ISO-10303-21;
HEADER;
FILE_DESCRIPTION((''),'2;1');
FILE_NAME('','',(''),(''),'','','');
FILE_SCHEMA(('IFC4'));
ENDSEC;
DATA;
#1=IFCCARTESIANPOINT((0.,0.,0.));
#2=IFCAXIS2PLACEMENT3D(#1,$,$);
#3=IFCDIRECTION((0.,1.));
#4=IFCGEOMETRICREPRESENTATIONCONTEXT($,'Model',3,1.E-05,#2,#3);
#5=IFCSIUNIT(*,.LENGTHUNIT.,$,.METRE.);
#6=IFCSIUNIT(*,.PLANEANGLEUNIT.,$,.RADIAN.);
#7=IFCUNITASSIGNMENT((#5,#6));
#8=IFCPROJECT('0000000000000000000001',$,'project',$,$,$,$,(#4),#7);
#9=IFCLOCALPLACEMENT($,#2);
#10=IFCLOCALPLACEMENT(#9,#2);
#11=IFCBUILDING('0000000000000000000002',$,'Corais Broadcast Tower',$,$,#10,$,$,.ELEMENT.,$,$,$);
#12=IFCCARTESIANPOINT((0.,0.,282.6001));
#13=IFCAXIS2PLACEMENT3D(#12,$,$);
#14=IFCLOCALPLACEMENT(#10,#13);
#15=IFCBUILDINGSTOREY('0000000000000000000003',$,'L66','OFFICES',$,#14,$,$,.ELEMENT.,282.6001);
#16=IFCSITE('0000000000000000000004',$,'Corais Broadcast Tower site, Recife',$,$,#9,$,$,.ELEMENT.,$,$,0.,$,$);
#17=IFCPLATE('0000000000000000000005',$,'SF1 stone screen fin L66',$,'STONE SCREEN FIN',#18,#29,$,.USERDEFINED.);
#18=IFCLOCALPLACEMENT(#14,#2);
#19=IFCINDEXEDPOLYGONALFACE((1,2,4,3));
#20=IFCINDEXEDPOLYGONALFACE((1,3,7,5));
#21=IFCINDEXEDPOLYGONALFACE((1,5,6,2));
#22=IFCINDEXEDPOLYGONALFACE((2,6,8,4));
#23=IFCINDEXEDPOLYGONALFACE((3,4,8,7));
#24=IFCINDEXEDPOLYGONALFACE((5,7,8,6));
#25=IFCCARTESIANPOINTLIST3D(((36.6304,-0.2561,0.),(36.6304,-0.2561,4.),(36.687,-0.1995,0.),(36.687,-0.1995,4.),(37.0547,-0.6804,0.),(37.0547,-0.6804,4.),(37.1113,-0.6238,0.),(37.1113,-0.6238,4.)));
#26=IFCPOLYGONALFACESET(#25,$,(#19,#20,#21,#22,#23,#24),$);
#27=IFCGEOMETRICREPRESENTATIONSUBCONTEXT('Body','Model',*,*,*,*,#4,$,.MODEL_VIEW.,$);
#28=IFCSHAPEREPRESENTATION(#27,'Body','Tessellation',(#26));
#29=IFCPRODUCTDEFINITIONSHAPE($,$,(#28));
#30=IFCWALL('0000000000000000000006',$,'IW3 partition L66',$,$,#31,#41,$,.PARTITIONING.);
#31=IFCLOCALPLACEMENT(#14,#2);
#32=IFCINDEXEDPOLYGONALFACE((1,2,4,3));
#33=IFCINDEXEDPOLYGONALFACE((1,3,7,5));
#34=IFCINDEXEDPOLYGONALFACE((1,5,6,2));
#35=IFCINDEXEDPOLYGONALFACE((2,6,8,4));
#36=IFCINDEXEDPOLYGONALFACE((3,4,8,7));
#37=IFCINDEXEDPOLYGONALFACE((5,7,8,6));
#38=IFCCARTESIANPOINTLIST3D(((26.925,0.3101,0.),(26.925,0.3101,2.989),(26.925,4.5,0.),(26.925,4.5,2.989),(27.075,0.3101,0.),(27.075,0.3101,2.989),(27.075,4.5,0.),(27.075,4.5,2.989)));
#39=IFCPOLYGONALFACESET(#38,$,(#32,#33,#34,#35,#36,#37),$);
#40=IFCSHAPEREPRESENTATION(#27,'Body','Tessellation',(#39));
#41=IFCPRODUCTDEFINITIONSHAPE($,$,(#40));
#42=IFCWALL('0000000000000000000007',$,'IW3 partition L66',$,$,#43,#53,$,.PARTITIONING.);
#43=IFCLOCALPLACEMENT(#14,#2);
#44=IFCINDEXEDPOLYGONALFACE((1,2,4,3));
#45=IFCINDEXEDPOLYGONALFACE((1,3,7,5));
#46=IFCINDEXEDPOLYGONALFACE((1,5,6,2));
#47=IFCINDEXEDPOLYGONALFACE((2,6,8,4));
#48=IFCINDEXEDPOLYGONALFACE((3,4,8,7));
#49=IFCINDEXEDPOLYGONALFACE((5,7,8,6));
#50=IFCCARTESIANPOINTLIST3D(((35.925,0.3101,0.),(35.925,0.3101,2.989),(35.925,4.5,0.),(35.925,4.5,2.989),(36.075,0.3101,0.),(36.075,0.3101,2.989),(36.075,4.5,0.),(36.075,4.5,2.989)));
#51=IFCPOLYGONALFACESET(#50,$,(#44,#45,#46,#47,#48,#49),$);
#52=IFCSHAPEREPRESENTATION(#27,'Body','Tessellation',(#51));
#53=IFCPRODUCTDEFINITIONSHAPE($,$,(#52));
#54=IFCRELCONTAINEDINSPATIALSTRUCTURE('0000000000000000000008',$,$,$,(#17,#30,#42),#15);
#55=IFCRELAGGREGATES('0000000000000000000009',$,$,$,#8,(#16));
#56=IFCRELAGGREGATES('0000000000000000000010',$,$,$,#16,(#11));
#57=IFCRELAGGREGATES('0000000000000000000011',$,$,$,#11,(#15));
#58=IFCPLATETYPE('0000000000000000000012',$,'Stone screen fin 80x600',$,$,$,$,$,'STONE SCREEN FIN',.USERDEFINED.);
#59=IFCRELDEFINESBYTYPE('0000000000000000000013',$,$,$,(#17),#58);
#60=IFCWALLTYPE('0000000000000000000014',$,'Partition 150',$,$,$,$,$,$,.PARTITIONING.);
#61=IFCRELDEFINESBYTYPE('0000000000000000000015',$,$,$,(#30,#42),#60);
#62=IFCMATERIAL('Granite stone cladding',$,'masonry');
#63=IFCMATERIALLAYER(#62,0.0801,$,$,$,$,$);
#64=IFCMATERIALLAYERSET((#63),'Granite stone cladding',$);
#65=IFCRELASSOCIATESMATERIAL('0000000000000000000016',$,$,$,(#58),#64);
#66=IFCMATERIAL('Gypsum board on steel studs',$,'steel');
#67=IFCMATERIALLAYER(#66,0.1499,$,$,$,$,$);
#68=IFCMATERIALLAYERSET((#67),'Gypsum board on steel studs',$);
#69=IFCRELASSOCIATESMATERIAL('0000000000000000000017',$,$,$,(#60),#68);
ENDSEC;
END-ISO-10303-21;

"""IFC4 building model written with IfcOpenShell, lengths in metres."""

from ifc_helpers import new_model, si_unit, direction, frame, frame_2d, origin, origin_2d, place, context, subcontext, project, spatial, rectangle, extrude, material, layer, layer_set, type_object, element, save


model = new_model("IFC4")

# Units and contexts
model_context = context("Model", 3, precision=1e-05, world=origin(), true_north=direction((0.0, 1.0)))
body_context = subcontext(model_context, "Body", "Model", "MODEL_VIEW")
ifc_project = project(units=[si_unit("LENGTHUNIT", "METRE"), si_unit("PLANEANGLEUNIT", "RADIAN")], contexts=[model_context])

# Site, building, storey
site_placement = place(None, origin())
site = spatial("IfcSite", under=ifc_project, at=site_placement, Name="Corais Broadcast Tower site, Recife", CompositionType="ELEMENT", RefElevation=0.0)
building_placement = place(site_placement, origin())
building = spatial("IfcBuilding", under=site, at=building_placement, Name="Corais Broadcast Tower", CompositionType="ELEMENT")
storey_placement = place(building_placement, frame((0.0, 0.0, 282.6001)))
storey = spatial("IfcBuildingStorey", under=building, at=storey_placement, Name="L66", Description="OFFICES", CompositionType="ELEMENT", Elevation=282.6001)

# Plate
ifc_material_1 = material(Name="Granite stone cladding", Category="masonry")
ifc_layer_1 = layer(ifc_material_1, 0.0801)
ifc_layer_set_1 = layer_set([ifc_layer_1], Name="Granite stone cladding")
plate_type_1 = type_object("IfcPlateType", Name="Stone screen fin 80x600", ElementType="STONE SCREEN FIN", PredefinedType="USERDEFINED", material=ifc_layer_set_1)
plate_1_placement = place(storey_placement, frame((36.8708, -0.4399, 0.0), z_axis=(0.0, 0.0, 1.0), x_axis=(-0.707107, -0.707107, 0.0)))
element("IfcPlate", 1, at=plate_1_placement, inside=storey, type_object=plate_type_1, Name="SF1 stone screen fin L66", ObjectType="STONE SCREEN FIN", PredefinedType="USERDEFINED", context=body_context, shape_type="SweptSolid", body=[
    extrude(rectangle(XDim=0.0801, YDim=0.6001, at=origin_2d()), origin(), (0.0, 0.0, 1.0), 4.0),
])

# Walls
ifc_material_2 = material(Name="Gypsum board on steel studs", Category="steel")
ifc_layer_2 = layer(ifc_material_2, 0.1499)
ifc_layer_set_2 = layer_set([ifc_layer_2], Name="Gypsum board on steel studs")
wall_type = type_object("IfcWallType", Name="Partition 150", PredefinedType="PARTITIONING", material=ifc_layer_set_2)
for number, where, z_axis, x_axis, name in (
    (2, (27.0, 0.3101, 0.0), (0.0, 0.0, 1.0), (0.0, 1.0, 0.0), "IW3 partition L66"),
    (3, (36.0, 0.3101, 0.0), (0.0, 0.0, 1.0), (0.0, 1.0, 0.0), "IW3 partition L66"),
):
    element("IfcWall", number, at=place(storey_placement, frame(where, z_axis=z_axis, x_axis=x_axis)), inside=storey, type_object=wall_type, Name=name, PredefinedType="PARTITIONING", context=body_context, shape_type="SweptSolid", body=[
        extrude(rectangle(XDim=4.1899, YDim=0.1499, at=frame_2d((2.095, 0.0))), origin(), (0.0, 0.0, 1.0), 2.989),
    ])

save(model, "model.ifc")
